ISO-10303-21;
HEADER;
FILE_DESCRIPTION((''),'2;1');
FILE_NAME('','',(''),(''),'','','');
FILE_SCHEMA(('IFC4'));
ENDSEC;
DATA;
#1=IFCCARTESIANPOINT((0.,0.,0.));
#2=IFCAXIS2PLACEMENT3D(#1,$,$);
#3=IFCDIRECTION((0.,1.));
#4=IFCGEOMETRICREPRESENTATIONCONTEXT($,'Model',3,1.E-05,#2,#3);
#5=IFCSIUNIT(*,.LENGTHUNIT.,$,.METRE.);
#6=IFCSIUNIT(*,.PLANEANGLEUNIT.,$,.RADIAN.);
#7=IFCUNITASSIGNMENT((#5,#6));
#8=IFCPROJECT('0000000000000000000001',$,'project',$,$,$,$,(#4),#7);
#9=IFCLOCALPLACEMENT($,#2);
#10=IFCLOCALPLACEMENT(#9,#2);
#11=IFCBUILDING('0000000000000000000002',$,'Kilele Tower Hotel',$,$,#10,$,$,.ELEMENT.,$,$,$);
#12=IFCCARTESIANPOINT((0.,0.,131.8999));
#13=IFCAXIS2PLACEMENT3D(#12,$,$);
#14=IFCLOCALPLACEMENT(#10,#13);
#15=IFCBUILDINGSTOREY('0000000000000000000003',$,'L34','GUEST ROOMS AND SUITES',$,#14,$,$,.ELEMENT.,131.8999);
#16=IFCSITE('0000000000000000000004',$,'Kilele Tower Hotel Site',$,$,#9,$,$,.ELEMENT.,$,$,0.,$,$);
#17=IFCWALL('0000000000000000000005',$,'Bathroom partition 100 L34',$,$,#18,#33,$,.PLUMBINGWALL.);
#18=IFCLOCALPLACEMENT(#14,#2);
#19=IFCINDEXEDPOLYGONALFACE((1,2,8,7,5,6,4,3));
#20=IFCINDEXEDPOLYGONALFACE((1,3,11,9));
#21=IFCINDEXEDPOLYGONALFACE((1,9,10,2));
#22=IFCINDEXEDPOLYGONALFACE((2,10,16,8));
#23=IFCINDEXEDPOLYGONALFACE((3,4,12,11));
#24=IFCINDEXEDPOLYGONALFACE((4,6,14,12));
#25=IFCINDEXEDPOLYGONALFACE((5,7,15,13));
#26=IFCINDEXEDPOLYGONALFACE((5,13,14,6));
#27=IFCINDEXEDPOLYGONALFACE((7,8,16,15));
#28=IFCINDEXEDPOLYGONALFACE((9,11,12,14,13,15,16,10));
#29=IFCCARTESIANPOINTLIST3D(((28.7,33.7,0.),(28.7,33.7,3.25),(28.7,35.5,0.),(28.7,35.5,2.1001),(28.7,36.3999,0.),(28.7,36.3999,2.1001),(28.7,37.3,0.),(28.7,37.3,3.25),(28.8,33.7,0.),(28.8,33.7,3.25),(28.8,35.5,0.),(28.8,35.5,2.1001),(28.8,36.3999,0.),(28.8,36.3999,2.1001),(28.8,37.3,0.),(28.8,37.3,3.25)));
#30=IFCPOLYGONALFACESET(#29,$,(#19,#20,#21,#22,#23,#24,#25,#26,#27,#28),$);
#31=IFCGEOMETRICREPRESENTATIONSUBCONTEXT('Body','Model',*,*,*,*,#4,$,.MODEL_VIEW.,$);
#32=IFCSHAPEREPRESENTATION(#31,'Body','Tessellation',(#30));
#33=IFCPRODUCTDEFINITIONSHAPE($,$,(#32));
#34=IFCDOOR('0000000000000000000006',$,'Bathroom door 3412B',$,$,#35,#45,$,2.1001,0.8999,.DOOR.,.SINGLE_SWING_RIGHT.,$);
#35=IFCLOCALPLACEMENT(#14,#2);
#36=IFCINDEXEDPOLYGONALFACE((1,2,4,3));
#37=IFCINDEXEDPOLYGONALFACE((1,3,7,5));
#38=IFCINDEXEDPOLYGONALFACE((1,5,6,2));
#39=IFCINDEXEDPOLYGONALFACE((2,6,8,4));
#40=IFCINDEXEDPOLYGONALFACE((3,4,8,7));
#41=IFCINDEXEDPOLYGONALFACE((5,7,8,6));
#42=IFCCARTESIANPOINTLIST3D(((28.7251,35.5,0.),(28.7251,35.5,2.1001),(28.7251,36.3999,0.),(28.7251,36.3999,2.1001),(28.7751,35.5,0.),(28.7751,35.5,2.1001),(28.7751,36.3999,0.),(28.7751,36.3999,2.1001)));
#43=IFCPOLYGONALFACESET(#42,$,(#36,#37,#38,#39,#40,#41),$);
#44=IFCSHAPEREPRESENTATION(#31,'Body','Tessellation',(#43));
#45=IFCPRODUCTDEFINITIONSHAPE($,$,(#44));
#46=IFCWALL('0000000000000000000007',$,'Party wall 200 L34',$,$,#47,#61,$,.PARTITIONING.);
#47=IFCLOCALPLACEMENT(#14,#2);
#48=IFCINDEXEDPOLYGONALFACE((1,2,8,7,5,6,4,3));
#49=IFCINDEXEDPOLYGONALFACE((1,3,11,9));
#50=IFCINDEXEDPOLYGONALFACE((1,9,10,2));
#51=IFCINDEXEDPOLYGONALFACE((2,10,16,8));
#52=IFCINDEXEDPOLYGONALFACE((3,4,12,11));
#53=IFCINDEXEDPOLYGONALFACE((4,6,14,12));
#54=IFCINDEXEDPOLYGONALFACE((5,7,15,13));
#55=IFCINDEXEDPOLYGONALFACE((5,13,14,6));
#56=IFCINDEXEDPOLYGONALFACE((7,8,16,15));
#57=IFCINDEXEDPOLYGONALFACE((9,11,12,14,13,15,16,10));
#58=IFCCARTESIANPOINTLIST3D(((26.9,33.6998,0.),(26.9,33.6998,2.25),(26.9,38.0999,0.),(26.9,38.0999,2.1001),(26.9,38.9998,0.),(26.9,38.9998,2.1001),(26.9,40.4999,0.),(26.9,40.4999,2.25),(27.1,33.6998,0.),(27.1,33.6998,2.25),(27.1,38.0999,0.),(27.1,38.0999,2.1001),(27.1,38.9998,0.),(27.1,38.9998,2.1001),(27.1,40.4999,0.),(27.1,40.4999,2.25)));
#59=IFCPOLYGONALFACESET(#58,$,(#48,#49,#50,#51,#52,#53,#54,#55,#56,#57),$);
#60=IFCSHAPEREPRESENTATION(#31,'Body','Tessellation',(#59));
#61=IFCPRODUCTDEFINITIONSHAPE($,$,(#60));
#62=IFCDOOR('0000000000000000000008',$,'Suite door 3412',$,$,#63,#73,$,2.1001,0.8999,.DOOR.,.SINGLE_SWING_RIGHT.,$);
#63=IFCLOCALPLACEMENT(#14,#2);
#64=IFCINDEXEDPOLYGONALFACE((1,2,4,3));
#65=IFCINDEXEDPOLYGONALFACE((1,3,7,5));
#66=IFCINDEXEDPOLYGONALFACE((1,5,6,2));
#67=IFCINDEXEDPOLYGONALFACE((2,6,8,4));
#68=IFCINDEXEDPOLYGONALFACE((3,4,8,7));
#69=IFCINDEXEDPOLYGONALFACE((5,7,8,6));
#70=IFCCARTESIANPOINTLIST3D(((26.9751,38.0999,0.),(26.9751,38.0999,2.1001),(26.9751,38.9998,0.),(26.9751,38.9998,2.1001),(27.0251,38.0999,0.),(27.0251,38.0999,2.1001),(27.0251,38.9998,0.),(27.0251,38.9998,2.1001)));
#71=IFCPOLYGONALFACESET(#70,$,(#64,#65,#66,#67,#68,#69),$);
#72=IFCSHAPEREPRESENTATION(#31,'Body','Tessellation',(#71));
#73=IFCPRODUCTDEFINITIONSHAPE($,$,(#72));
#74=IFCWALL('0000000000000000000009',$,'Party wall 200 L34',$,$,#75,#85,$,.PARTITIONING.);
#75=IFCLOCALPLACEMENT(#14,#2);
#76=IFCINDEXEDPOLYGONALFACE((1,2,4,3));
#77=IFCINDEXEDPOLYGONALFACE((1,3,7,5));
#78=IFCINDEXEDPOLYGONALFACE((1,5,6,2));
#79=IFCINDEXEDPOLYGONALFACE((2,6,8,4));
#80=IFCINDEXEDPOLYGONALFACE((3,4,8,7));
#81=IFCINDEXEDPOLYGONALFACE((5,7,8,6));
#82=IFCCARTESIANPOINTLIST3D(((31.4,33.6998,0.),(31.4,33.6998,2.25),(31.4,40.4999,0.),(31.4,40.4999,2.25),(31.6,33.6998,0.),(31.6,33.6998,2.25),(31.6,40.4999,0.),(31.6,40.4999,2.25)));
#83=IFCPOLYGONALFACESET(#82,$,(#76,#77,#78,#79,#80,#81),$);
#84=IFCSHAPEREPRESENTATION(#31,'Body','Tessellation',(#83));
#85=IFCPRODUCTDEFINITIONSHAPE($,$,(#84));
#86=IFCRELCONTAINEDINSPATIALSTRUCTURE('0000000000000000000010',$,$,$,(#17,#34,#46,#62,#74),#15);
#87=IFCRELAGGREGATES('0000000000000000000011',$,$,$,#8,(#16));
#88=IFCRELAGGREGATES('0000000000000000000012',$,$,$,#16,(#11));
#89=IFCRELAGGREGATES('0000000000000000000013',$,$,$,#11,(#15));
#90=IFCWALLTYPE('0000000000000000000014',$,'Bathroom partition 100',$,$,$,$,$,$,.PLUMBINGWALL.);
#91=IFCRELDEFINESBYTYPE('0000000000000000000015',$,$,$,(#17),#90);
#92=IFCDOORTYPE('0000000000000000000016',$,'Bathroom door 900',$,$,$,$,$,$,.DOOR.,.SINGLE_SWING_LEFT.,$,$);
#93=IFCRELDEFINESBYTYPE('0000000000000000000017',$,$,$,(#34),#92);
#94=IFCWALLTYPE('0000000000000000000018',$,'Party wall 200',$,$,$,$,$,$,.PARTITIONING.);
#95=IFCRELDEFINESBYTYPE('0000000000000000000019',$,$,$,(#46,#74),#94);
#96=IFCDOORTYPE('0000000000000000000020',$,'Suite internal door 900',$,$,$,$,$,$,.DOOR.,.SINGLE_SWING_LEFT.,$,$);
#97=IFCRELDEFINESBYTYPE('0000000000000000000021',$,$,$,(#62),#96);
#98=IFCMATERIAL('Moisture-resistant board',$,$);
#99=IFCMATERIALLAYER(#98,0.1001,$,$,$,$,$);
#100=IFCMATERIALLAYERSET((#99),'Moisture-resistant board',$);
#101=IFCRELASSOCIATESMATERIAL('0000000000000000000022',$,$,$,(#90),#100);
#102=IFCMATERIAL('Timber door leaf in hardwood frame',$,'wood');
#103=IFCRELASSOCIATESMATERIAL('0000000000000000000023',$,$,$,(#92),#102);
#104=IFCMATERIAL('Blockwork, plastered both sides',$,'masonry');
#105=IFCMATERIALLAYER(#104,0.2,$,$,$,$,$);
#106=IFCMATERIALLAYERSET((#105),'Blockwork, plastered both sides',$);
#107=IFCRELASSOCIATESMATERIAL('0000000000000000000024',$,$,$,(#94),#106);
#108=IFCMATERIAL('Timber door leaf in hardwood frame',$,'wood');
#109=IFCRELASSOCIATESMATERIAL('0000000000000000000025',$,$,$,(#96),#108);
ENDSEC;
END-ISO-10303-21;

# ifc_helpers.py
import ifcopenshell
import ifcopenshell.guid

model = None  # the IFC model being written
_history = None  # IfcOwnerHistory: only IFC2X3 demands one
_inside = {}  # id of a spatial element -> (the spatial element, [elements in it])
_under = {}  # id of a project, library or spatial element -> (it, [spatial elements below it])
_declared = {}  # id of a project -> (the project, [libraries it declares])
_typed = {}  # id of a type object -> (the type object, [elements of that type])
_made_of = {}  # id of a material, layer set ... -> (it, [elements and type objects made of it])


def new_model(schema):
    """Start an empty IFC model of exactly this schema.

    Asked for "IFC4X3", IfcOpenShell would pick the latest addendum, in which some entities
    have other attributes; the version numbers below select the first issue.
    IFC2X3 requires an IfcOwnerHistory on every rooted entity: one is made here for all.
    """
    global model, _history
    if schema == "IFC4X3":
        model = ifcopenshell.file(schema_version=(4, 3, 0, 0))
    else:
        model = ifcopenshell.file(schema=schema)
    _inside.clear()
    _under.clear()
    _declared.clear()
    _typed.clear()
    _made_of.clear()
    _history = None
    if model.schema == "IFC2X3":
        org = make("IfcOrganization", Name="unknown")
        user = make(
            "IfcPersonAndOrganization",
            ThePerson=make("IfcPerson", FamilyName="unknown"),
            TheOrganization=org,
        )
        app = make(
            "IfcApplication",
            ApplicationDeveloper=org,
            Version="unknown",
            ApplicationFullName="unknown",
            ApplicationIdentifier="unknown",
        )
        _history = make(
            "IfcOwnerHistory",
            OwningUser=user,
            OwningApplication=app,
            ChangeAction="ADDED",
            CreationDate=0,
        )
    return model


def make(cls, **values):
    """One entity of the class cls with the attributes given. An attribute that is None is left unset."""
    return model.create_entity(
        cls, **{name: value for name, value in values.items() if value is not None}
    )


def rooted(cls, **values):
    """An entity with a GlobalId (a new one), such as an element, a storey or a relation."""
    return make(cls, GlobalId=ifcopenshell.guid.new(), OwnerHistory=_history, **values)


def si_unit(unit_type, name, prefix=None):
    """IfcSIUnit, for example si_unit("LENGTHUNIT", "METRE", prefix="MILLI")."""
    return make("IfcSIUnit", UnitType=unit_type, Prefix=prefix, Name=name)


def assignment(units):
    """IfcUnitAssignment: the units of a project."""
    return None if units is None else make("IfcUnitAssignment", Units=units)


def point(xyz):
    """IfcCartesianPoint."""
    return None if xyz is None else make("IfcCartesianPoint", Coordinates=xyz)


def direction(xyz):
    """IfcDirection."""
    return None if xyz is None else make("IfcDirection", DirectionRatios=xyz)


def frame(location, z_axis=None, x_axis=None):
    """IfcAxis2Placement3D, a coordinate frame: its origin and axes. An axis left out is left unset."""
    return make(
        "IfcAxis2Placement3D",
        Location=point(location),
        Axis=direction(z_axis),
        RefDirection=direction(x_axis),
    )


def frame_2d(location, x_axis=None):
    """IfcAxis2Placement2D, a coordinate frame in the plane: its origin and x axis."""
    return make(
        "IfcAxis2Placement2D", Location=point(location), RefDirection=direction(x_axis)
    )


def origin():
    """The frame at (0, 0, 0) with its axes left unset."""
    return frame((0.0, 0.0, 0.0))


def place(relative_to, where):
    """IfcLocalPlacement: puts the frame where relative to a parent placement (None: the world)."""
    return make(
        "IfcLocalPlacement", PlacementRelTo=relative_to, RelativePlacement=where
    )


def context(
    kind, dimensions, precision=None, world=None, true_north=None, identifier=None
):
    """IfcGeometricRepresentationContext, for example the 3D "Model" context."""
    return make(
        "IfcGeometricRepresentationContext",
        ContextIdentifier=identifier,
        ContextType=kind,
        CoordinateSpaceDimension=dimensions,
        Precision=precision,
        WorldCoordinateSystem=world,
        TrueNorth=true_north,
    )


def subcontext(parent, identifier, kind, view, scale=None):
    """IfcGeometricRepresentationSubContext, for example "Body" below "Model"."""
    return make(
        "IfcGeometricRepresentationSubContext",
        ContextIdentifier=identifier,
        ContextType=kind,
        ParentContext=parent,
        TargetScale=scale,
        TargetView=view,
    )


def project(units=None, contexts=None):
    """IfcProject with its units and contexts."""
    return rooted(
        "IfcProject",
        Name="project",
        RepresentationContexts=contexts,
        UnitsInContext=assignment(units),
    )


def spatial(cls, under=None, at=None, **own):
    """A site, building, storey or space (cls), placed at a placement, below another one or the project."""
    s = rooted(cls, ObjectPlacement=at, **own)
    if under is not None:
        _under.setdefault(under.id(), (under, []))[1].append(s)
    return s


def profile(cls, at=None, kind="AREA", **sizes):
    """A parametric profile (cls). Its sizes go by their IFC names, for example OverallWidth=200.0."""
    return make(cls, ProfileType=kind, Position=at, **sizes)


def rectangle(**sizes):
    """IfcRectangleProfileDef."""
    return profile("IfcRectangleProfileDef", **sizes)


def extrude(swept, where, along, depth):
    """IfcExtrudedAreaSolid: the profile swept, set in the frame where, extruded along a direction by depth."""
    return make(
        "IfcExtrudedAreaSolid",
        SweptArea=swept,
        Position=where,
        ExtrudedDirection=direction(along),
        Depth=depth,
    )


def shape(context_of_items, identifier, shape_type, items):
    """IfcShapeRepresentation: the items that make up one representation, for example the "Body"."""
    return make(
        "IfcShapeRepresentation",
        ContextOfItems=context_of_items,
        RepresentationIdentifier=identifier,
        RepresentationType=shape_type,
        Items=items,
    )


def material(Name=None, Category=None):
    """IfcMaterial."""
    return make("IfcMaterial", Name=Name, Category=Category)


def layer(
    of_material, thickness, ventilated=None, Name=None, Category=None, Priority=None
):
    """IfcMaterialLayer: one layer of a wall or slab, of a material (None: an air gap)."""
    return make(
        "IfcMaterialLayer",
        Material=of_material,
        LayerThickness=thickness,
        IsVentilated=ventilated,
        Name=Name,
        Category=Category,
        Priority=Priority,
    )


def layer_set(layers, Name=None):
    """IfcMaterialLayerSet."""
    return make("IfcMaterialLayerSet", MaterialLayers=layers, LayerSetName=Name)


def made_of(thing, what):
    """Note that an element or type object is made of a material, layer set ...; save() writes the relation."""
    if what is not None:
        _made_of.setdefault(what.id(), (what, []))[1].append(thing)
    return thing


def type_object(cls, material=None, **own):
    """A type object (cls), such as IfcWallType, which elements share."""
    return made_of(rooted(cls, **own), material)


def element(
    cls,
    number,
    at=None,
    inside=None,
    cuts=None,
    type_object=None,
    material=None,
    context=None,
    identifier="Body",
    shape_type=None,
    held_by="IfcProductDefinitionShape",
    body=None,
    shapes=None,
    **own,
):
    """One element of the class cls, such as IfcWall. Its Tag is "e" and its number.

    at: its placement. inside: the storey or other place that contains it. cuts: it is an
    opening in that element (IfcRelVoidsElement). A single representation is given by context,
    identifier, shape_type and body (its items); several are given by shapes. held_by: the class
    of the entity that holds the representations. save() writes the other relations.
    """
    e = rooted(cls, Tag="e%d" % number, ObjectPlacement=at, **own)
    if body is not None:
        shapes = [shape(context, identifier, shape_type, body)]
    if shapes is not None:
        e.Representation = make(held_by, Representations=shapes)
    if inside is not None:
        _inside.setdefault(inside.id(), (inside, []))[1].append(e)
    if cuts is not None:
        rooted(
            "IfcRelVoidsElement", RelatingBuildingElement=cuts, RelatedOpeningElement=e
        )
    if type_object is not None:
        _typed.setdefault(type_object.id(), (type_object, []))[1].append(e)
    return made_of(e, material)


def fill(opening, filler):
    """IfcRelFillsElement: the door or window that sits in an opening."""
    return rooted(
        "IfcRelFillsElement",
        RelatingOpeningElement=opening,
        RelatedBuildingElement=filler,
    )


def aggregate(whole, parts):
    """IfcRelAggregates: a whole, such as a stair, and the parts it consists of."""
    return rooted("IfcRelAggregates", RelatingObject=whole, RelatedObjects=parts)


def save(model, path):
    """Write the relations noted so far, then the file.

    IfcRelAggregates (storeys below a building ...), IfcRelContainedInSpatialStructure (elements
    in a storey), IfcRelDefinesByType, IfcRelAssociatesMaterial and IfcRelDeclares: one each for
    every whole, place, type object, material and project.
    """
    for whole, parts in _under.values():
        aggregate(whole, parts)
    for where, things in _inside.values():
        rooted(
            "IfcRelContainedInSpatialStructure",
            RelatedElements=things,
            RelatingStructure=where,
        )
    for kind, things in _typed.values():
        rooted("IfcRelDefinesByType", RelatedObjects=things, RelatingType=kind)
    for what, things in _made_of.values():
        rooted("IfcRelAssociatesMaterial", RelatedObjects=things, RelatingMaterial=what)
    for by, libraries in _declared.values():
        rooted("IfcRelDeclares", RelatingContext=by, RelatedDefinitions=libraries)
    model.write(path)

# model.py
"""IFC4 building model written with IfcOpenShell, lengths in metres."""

from ifc_helpers import new_model, si_unit, direction, frame, frame_2d, origin, place, context, subcontext, project, spatial, rectangle, extrude, material, layer, layer_set, type_object, element, fill, save


model = new_model("IFC4")

# Units and contexts
model_context = context("Model", 3, precision=1e-05, world=origin(), true_north=direction((0.0, 1.0)))
body_context = subcontext(model_context, "Body", "Model", "MODEL_VIEW")
ifc_project = project(units=[si_unit("LENGTHUNIT", "METRE"), si_unit("PLANEANGLEUNIT", "RADIAN")], contexts=[model_context])

# Site, building, storey
site_placement = place(None, origin())
site = spatial("IfcSite", under=ifc_project, at=site_placement, Name="Kilele Tower Hotel Site", CompositionType="ELEMENT", RefElevation=0.0)
building_placement = place(site_placement, origin())
building = spatial("IfcBuilding", under=site, at=building_placement, Name="Kilele Tower Hotel", CompositionType="ELEMENT")
storey_placement = place(building_placement, frame((0.0, 0.0, 131.8999)))
storey = spatial("IfcBuildingStorey", under=building, at=storey_placement, Name="L34", Description="GUEST ROOMS AND SUITES", CompositionType="ELEMENT", Elevation=131.8999)

# Shared definitions
ifc_material_1 = material(Name="Moisture-resistant board")
ifc_layer_1 = layer(ifc_material_1, 0.1001)
ifc_layer_set_1 = layer_set([ifc_layer_1], Name="Moisture-resistant board")
wall_type_1 = type_object("IfcWallType", Name="Bathroom partition 100", PredefinedType="PLUMBINGWALL", material=ifc_layer_set_1)

# Shared definitions
ifc_material_2 = material(Name="Timber door leaf in hardwood frame", Category="wood")
door_type_1 = type_object("IfcDoorType", Name="Bathroom door 900", OperationType="SINGLE_SWING_LEFT", PredefinedType="DOOR", material=ifc_material_2)

# Walls, openings, doors
wall_1_placement = place(storey_placement, frame((28.75, 33.7, 0.0), z_axis=(0.0, 0.0, 1.0), x_axis=(0.0, 1.0, 0.0)))
wall_1 = element("IfcWall", 1, at=wall_1_placement, inside=storey, type_object=wall_type_1, Name="Bathroom partition 100 L34", PredefinedType="PLUMBINGWALL", context=body_context, shape_type="SweptSolid", body=[
    extrude(rectangle(XDim=3.6001, YDim=0.1001, at=frame_2d((1.8, 0.0))), origin(), (0.0, 0.0, 1.0), 3.25),
])
opening_1_placement = place(wall_1_placement, frame((1.8, 0.0, 0.0)))
opening_1 = element("IfcOpeningElement", 2, at=opening_1_placement, cuts=wall_1, PredefinedType="OPENING", context=body_context, shape_type="SweptSolid", body=[
    extrude(rectangle(XDim=0.8999, YDim=2.1001, at=frame_2d((0.45, 1.05))), frame((0.0, 0.0601, 0.0), z_axis=(0.0, -1.0, 0.0), x_axis=(1.0, 0.0, 0.0)), (0.0, 0.0, 1.0), 0.1201),
])
door_1_placement = place(opening_1_placement, origin())
door_1 = element("IfcDoor", 3, at=door_1_placement, inside=storey, type_object=door_type_1, Name="Bathroom door 3412B", OperationType="SINGLE_SWING_RIGHT", OverallHeight=2.1001, OverallWidth=0.8999, PredefinedType="DOOR", context=body_context, shape_type="SweptSolid", body=[
    extrude(rectangle(XDim=0.8999, YDim=2.1001, at=frame_2d((0.45, 1.05))), frame((0.0, 0.0249, 0.0), z_axis=(0.0, -1.0, 0.0), x_axis=(1.0, 0.0, 0.0)), (0.0, 0.0, 1.0), 0.05),
])
fill(opening_1, door_1)
ifc_material_3 = material(Name="Blockwork, plastered both sides", Category="masonry")
ifc_layer_2 = layer(ifc_material_3, 0.2)
ifc_layer_set_2 = layer_set([ifc_layer_2], Name="Blockwork, plastered both sides")
wall_type_2 = type_object("IfcWallType", Name="Party wall 200", PredefinedType="PARTITIONING", material=ifc_layer_set_2)
wall_2_placement = place(storey_placement, frame((27.0, 33.7, 0.0), z_axis=(0.0, 0.0, 1.0), x_axis=(0.0, 1.0, 0.0)))
wall_2 = element("IfcWall", 4, at=wall_2_placement, inside=storey, type_object=wall_type_2, Name="Party wall 200 L34", PredefinedType="PARTITIONING", context=body_context, shape_type="SweptSolid", body=[
    extrude(rectangle(XDim=6.8, YDim=0.2, at=frame_2d((3.3999, 0.0))), origin(), (0.0, 0.0, 1.0), 2.25),
])
opening_2_placement = place(wall_2_placement, frame((4.3999, 0.0, 0.0)))
opening_2 = element("IfcOpeningElement", 5, at=opening_2_placement, cuts=wall_2, PredefinedType="OPENING", context=body_context, shape_type="SweptSolid", body=[
    extrude(rectangle(XDim=0.8999, YDim=2.1001, at=frame_2d((0.45, 1.05))), frame((0.0, 0.1099, 0.0), z_axis=(0.0, -1.0, 0.0), x_axis=(1.0, 0.0, 0.0)), (0.0, 0.0, 1.0), 0.22),
])
ifc_material_4 = material(Name="Timber door leaf in hardwood frame", Category="wood")
door_type_2 = type_object("IfcDoorType", Name="Suite internal door 900", OperationType="SINGLE_SWING_LEFT", PredefinedType="DOOR", material=ifc_material_4)
door_2_placement = place(opening_2_placement, origin())
door_2 = element("IfcDoor", 6, at=door_2_placement, inside=storey, type_object=door_type_2, Name="Suite door 3412", OperationType="SINGLE_SWING_RIGHT", OverallHeight=2.1001, OverallWidth=0.8999, PredefinedType="DOOR", context=body_context, shape_type="SweptSolid", body=[
    extrude(rectangle(XDim=0.8999, YDim=2.1001, at=frame_2d((0.45, 1.05))), frame((0.0, 0.0249, 0.0), z_axis=(0.0, -1.0, 0.0), x_axis=(1.0, 0.0, 0.0)), (0.0, 0.0, 1.0), 0.05),
])
fill(opening_2, door_2)

# Wall
wall_3_placement = place(storey_placement, frame((31.5, 33.7, 0.0), z_axis=(0.0, 0.0, 1.0), x_axis=(0.0, 1.0, 0.0)))
element("IfcWall", 7, at=wall_3_placement, inside=storey, type_object=wall_type_2, Name="Party wall 200 L34", PredefinedType="PARTITIONING", context=body_context, shape_type="SweptSolid", body=[
    extrude(rectangle(XDim=6.8, YDim=0.2, at=frame_2d((3.3999, 0.0))), origin(), (0.0, 0.0, 1.0), 2.25),
])

save(model, "model.ifc")
